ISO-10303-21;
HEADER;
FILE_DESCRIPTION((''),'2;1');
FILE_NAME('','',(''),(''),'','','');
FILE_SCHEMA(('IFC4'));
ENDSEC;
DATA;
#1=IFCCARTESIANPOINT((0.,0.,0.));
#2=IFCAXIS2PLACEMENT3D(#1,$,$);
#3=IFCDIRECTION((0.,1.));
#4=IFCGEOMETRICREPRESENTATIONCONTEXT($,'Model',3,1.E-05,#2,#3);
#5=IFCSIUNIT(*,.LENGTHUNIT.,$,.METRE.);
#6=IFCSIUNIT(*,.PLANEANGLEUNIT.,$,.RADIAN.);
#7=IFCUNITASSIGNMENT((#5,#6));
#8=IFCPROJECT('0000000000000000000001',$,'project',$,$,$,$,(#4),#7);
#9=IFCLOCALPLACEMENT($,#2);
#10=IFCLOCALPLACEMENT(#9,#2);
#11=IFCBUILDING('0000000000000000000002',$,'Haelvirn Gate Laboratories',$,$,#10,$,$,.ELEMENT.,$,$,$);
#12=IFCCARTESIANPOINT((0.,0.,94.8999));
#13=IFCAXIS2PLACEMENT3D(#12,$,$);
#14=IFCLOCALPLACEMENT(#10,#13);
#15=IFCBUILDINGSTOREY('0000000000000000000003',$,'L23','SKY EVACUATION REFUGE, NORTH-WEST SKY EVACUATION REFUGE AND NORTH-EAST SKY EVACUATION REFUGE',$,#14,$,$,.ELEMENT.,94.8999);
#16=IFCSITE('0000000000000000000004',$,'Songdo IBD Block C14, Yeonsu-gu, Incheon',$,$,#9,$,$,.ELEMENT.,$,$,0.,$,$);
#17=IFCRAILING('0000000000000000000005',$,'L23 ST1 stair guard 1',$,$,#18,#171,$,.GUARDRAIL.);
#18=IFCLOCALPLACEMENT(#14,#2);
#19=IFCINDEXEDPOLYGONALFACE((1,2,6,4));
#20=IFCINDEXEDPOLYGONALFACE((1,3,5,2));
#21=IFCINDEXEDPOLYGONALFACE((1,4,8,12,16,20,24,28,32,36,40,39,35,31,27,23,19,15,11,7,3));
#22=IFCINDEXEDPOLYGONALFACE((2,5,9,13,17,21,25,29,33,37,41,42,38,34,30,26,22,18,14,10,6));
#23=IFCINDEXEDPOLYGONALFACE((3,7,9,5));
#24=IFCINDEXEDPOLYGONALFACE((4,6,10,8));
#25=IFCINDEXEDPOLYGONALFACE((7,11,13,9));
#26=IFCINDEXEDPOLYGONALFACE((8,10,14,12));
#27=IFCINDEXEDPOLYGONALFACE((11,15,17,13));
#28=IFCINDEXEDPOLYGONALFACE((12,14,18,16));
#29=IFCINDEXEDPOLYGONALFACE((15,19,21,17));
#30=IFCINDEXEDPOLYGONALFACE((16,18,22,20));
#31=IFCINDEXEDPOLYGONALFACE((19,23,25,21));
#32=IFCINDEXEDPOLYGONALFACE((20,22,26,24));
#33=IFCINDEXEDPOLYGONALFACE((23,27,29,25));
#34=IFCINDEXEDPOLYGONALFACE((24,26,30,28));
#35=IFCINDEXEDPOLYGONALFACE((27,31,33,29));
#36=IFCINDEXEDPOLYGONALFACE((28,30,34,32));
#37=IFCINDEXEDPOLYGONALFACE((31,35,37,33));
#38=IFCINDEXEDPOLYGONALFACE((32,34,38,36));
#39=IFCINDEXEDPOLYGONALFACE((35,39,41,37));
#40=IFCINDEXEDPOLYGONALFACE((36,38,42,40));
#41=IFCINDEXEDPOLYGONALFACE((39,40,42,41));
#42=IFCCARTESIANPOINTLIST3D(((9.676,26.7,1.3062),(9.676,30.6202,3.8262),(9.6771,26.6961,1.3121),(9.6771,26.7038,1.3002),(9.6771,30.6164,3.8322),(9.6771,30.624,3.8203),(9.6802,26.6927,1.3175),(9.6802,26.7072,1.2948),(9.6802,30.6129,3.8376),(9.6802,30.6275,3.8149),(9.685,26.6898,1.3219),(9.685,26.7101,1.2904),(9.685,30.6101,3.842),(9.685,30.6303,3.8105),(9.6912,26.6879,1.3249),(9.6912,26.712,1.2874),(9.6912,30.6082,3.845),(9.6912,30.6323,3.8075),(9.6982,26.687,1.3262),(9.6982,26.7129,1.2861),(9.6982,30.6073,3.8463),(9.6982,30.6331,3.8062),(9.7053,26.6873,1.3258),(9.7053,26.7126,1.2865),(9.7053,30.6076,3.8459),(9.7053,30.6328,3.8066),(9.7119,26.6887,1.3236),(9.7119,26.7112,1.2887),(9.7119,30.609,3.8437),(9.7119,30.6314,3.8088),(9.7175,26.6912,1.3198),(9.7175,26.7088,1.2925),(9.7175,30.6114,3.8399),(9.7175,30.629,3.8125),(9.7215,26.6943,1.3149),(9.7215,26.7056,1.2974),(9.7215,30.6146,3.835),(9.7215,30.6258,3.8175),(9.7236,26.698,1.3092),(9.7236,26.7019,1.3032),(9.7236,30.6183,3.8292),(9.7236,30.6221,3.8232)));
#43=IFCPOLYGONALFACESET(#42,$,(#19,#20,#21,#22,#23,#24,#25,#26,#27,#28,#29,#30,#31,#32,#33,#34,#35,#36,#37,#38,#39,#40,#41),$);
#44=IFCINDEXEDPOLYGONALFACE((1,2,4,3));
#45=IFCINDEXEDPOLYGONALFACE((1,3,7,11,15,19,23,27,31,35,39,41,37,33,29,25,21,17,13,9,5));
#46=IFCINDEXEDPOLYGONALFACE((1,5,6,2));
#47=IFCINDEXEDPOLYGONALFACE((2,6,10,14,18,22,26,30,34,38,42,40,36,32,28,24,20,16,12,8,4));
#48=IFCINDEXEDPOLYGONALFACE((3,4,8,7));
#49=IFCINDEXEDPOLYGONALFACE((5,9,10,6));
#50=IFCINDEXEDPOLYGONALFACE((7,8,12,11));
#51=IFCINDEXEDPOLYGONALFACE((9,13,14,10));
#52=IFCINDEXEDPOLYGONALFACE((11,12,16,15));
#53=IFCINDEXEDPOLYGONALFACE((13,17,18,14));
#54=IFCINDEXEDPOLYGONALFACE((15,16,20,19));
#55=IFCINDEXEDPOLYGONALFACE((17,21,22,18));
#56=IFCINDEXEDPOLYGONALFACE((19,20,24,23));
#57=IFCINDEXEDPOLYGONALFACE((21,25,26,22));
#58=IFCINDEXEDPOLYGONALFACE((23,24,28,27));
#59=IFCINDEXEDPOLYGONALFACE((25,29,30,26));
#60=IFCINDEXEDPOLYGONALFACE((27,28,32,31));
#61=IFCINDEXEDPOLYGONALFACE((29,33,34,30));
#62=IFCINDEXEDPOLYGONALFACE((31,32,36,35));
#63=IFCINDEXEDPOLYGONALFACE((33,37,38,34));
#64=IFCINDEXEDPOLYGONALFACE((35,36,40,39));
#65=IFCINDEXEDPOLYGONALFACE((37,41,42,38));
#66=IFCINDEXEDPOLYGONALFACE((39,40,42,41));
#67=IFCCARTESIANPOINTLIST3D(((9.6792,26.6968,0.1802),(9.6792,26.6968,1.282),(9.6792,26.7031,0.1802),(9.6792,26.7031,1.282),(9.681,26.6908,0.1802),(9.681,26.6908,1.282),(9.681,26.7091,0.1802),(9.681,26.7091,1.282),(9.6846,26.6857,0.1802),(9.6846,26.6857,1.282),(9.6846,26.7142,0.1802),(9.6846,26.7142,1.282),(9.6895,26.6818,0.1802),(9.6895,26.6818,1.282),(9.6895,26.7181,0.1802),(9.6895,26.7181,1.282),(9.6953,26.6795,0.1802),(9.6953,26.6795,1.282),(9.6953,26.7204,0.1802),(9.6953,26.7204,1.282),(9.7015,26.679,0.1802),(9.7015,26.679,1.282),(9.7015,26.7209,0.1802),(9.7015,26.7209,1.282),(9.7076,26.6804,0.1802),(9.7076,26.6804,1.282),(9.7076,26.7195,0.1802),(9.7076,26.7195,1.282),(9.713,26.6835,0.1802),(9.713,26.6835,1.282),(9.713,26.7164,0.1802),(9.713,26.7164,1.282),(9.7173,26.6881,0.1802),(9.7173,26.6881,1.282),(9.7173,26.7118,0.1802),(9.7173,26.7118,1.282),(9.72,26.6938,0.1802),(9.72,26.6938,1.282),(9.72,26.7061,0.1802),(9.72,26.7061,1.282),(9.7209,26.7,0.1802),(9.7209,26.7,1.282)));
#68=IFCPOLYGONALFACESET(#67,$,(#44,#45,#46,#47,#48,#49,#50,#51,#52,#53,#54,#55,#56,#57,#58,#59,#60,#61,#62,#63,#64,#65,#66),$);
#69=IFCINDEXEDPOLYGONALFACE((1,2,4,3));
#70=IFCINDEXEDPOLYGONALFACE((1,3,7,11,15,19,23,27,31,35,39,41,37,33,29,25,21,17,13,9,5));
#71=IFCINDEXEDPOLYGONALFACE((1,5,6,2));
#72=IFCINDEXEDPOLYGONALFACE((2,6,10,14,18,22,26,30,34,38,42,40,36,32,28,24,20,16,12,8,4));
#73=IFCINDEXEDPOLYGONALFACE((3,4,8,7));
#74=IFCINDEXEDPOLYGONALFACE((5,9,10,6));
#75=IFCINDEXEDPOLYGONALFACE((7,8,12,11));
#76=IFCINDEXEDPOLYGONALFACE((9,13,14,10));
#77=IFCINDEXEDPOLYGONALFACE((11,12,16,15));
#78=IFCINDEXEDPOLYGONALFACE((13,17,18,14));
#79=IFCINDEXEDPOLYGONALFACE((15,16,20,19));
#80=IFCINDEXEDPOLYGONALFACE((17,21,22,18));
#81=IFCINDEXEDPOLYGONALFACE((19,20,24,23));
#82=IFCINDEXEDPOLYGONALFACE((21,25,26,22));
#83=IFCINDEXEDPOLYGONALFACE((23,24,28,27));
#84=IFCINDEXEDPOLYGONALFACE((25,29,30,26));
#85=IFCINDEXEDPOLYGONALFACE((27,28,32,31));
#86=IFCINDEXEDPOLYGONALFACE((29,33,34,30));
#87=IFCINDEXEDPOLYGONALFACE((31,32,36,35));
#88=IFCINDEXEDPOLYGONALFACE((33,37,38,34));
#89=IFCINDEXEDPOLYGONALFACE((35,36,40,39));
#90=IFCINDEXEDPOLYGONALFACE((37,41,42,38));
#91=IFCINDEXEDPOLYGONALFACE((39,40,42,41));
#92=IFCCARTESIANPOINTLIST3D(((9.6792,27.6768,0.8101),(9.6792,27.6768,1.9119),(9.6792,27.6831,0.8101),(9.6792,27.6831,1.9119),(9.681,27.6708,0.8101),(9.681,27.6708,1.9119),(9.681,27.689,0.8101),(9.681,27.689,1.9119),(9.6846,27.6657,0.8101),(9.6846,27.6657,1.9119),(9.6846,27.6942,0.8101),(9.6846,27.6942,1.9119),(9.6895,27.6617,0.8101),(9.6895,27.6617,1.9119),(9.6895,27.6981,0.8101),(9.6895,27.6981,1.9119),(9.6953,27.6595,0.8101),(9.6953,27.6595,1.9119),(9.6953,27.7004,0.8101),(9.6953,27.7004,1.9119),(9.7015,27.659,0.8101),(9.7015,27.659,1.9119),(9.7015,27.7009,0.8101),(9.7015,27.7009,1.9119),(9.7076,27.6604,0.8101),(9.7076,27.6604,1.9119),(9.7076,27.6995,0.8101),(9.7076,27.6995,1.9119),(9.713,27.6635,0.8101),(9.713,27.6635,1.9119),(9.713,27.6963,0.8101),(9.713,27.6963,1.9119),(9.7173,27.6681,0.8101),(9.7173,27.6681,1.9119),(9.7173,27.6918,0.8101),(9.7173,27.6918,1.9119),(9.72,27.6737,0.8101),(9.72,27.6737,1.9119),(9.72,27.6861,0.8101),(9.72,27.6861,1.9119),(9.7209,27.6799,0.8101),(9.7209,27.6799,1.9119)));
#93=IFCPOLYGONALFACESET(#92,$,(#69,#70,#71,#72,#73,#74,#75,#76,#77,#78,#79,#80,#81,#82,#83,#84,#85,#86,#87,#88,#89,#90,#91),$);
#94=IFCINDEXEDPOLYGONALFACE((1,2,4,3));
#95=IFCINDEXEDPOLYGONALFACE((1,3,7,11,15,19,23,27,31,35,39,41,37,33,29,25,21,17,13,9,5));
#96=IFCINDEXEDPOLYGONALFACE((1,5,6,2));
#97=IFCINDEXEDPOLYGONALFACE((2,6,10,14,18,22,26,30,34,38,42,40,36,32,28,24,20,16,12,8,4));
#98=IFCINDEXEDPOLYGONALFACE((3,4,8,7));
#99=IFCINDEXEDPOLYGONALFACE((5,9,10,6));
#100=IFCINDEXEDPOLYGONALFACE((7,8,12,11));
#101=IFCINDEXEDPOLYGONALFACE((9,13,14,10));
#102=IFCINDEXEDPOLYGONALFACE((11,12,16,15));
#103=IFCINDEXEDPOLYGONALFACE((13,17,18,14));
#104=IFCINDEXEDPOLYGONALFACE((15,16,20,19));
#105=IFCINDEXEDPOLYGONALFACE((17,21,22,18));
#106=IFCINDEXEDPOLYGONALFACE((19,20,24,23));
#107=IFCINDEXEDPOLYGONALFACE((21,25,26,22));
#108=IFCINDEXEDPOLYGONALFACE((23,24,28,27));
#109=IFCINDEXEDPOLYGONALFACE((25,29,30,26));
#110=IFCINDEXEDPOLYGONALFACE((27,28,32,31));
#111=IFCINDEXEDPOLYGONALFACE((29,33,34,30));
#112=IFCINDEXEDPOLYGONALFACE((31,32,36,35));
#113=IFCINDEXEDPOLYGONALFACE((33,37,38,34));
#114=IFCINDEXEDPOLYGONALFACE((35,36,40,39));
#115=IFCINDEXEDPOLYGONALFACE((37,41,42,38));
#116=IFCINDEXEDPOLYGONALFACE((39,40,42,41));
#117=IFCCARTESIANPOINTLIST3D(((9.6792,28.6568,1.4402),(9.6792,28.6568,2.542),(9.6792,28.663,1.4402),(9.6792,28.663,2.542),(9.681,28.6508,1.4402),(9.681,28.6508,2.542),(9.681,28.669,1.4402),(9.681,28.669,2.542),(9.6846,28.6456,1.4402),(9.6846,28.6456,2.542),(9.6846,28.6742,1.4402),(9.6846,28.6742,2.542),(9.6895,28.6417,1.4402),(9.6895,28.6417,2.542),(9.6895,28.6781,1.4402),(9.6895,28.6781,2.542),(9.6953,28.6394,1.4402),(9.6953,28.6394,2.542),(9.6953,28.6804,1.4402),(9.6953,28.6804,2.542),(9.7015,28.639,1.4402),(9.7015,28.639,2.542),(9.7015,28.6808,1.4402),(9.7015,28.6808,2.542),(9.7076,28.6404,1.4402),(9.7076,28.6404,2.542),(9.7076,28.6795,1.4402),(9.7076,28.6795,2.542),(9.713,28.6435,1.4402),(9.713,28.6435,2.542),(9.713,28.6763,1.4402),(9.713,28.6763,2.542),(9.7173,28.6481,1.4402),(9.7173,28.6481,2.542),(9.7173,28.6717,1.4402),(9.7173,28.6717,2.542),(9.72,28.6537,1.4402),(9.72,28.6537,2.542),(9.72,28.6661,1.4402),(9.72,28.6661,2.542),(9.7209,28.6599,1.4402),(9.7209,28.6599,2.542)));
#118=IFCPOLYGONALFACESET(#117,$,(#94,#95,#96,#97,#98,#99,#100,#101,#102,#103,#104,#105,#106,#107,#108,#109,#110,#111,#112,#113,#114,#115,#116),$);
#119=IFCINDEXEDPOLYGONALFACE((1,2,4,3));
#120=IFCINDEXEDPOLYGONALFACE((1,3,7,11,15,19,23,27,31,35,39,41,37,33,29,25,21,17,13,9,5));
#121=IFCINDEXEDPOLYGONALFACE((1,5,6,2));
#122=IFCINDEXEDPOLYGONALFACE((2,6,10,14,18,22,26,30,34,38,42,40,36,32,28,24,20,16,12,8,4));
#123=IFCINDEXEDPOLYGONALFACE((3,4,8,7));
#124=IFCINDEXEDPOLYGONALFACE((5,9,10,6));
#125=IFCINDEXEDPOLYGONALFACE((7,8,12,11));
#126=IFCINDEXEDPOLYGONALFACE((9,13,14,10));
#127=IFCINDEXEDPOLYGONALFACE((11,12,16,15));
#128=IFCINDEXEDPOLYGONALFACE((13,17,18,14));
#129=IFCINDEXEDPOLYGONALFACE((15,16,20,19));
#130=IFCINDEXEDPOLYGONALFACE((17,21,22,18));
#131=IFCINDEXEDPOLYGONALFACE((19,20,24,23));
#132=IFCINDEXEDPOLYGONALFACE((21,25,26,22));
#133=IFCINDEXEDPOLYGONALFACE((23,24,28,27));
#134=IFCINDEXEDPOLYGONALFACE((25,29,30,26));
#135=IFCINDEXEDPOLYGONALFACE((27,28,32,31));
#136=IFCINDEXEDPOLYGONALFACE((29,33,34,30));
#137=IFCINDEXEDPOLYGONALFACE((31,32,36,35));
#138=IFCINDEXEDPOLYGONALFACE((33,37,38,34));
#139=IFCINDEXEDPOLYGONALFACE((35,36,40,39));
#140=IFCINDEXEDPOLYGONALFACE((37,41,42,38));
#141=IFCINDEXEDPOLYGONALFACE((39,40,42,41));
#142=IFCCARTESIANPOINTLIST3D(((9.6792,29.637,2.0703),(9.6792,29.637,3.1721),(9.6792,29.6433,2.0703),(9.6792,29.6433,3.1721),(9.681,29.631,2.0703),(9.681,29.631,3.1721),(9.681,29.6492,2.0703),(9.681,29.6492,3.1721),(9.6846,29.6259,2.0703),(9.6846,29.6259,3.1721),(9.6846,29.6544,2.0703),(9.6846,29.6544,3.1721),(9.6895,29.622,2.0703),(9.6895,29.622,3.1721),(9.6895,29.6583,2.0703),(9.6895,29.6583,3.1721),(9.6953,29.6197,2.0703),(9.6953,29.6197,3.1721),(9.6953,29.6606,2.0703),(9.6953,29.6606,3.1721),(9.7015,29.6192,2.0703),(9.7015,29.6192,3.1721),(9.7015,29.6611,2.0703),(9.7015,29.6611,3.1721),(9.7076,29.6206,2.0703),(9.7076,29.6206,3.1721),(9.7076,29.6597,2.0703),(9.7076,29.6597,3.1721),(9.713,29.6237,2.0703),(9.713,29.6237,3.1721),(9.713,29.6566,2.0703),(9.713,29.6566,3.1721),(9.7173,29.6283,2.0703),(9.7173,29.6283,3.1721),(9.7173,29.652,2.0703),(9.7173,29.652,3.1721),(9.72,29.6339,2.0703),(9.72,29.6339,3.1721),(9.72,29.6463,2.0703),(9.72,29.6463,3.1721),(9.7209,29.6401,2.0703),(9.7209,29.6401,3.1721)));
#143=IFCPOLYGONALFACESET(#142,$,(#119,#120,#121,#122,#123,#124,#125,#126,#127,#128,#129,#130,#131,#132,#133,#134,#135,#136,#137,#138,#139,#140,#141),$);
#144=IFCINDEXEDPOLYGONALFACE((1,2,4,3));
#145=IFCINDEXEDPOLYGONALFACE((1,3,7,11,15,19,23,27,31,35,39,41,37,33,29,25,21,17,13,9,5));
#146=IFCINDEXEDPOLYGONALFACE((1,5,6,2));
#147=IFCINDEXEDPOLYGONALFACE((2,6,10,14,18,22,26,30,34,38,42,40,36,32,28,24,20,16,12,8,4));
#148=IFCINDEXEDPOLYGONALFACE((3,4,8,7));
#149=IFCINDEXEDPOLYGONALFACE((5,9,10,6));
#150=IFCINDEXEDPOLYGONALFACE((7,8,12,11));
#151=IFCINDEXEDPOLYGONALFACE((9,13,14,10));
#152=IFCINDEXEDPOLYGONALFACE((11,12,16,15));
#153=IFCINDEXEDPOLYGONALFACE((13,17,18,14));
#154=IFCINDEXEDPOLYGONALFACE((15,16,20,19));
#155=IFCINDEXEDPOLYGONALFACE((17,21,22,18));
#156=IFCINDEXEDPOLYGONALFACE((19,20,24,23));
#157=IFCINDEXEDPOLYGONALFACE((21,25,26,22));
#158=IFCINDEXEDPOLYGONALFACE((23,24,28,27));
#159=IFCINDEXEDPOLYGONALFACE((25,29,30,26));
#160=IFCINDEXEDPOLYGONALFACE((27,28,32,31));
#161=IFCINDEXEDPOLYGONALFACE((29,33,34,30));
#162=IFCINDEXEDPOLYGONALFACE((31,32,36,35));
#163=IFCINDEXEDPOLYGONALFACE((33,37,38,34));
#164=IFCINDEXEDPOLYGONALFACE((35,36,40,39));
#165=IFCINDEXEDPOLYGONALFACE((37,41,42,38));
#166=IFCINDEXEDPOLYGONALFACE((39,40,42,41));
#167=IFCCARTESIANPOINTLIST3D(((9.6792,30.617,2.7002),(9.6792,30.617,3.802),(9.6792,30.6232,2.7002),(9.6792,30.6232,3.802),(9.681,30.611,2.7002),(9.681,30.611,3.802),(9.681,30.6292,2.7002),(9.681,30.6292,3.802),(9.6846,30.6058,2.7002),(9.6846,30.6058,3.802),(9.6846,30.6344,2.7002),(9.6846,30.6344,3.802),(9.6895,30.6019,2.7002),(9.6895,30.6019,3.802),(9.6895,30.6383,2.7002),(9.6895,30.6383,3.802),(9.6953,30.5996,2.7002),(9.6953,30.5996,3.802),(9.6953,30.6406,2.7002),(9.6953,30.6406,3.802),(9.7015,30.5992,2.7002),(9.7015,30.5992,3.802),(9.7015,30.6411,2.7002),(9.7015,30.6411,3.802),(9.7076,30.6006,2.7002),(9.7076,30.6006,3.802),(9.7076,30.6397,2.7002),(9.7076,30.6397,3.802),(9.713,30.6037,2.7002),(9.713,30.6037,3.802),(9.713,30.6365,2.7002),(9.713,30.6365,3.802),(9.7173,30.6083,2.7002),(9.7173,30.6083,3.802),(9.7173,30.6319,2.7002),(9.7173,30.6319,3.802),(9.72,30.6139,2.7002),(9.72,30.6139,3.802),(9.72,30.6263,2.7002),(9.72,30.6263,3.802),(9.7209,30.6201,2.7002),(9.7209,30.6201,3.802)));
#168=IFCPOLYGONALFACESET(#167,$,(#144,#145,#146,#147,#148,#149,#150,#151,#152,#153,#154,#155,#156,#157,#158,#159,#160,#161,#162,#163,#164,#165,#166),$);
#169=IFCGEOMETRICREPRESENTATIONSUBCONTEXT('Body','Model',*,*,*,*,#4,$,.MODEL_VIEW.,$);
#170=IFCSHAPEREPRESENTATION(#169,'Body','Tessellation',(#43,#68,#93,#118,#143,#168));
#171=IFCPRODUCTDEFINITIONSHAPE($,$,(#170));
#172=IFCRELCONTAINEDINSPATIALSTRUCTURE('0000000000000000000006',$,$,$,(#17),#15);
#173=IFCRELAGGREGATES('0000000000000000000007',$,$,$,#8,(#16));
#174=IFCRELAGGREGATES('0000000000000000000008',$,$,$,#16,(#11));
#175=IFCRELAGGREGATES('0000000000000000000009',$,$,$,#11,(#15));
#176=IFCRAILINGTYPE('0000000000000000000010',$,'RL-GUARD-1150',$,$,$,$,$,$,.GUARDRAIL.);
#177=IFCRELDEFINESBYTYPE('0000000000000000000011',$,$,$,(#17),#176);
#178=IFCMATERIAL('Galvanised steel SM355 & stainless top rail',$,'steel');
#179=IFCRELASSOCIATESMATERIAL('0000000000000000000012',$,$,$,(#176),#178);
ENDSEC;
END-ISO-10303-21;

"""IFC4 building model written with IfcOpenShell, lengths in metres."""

from ifc_helpers import new_model, si_unit, direction, frame, origin, origin_2d, place, context, subcontext, project, spatial, circle, extrude, source, transform, mapped, material, type_object, element, save


model = new_model("IFC4")

# Units and contexts
model_context = context("Model", 3, precision=1e-05, world=origin(), true_north=direction((0.0, 1.0)))
body_context = subcontext(model_context, "Body", "Model", "MODEL_VIEW")
ifc_project = project(units=[si_unit("LENGTHUNIT", "METRE"), si_unit("PLANEANGLEUNIT", "RADIAN")], contexts=[model_context])

# Site, building, storey
site_placement = place(None, origin())
site = spatial("IfcSite", under=ifc_project, at=site_placement, Name="Songdo IBD Block C14, Yeonsu-gu, Incheon", CompositionType="ELEMENT", RefElevation=0.0)
building_placement = place(site_placement, origin())
building = spatial("IfcBuilding", under=site, at=building_placement, Name="Haelvirn Gate Laboratories", CompositionType="ELEMENT")
storey_placement = place(building_placement, frame((0.0, 0.0, 94.8999)))
storey = spatial("IfcBuildingStorey", under=building, at=storey_placement, Name="L23", Description="SKY EVACUATION REFUGE, NORTH-WEST SKY EVACUATION REFUGE AND NORTH-EAST SKY EVACUATION REFUGE", CompositionType="ELEMENT", Elevation=94.8999)

# Railing
ifc_material_1 = material(Name="Galvanised steel SM355 & stainless top rail", Category="steel")
railing_type_1 = type_object("IfcRailingType", Name="RL-GUARD-1150", PredefinedType="GUARDRAIL", material=ifc_material_1)
shared_shape_1 = source(origin(), body_context, "Body", "SweptSolid", [
    extrude(circle(Radius=0.0239, at=origin_2d()), frame((0.0, 0.0, 1.126), z_axis=(0.0, 0.841187, 0.540744), x_axis=(-1.0, 0.0, 0.0)), (0.0, 0.0, 1.0), 4.6604),
    extrude(circle(Radius=0.021, at=origin_2d()), origin(), (0.0, 0.0, 1.0), 1.1018),
    extrude(circle(Radius=0.021, at=origin_2d()), frame((0.0, 0.98, 0.6299)), (0.0, 0.0, 1.0), 1.1018),
    extrude(circle(Radius=0.021, at=origin_2d()), frame((0.0, 1.96, 1.26)), (0.0, 0.0, 1.0), 1.1018),
    extrude(circle(Radius=0.021, at=origin_2d()), frame((0.0, 2.9402, 1.8901)), (0.0, 0.0, 1.0), 1.1018),
    extrude(circle(Radius=0.021, at=origin_2d()), frame((0.0, 3.9202, 2.52)), (0.0, 0.0, 1.0), 1.1018),
])
railing_1_placement = place(storey_placement, frame((9.7, 26.7, 0.1802)))
element("IfcRailing", 1, at=railing_1_placement, inside=storey, type_object=railing_type_1, Name="L23 ST1 stair guard 1", PredefinedType="GUARDRAIL", context=body_context, shape_type="MappedRepresentation", body=[
    mapped(shared_shape_1, transform((0.0, 0.0, 0.0), scale=1.0)),
])

save(model, "model.ifc")
